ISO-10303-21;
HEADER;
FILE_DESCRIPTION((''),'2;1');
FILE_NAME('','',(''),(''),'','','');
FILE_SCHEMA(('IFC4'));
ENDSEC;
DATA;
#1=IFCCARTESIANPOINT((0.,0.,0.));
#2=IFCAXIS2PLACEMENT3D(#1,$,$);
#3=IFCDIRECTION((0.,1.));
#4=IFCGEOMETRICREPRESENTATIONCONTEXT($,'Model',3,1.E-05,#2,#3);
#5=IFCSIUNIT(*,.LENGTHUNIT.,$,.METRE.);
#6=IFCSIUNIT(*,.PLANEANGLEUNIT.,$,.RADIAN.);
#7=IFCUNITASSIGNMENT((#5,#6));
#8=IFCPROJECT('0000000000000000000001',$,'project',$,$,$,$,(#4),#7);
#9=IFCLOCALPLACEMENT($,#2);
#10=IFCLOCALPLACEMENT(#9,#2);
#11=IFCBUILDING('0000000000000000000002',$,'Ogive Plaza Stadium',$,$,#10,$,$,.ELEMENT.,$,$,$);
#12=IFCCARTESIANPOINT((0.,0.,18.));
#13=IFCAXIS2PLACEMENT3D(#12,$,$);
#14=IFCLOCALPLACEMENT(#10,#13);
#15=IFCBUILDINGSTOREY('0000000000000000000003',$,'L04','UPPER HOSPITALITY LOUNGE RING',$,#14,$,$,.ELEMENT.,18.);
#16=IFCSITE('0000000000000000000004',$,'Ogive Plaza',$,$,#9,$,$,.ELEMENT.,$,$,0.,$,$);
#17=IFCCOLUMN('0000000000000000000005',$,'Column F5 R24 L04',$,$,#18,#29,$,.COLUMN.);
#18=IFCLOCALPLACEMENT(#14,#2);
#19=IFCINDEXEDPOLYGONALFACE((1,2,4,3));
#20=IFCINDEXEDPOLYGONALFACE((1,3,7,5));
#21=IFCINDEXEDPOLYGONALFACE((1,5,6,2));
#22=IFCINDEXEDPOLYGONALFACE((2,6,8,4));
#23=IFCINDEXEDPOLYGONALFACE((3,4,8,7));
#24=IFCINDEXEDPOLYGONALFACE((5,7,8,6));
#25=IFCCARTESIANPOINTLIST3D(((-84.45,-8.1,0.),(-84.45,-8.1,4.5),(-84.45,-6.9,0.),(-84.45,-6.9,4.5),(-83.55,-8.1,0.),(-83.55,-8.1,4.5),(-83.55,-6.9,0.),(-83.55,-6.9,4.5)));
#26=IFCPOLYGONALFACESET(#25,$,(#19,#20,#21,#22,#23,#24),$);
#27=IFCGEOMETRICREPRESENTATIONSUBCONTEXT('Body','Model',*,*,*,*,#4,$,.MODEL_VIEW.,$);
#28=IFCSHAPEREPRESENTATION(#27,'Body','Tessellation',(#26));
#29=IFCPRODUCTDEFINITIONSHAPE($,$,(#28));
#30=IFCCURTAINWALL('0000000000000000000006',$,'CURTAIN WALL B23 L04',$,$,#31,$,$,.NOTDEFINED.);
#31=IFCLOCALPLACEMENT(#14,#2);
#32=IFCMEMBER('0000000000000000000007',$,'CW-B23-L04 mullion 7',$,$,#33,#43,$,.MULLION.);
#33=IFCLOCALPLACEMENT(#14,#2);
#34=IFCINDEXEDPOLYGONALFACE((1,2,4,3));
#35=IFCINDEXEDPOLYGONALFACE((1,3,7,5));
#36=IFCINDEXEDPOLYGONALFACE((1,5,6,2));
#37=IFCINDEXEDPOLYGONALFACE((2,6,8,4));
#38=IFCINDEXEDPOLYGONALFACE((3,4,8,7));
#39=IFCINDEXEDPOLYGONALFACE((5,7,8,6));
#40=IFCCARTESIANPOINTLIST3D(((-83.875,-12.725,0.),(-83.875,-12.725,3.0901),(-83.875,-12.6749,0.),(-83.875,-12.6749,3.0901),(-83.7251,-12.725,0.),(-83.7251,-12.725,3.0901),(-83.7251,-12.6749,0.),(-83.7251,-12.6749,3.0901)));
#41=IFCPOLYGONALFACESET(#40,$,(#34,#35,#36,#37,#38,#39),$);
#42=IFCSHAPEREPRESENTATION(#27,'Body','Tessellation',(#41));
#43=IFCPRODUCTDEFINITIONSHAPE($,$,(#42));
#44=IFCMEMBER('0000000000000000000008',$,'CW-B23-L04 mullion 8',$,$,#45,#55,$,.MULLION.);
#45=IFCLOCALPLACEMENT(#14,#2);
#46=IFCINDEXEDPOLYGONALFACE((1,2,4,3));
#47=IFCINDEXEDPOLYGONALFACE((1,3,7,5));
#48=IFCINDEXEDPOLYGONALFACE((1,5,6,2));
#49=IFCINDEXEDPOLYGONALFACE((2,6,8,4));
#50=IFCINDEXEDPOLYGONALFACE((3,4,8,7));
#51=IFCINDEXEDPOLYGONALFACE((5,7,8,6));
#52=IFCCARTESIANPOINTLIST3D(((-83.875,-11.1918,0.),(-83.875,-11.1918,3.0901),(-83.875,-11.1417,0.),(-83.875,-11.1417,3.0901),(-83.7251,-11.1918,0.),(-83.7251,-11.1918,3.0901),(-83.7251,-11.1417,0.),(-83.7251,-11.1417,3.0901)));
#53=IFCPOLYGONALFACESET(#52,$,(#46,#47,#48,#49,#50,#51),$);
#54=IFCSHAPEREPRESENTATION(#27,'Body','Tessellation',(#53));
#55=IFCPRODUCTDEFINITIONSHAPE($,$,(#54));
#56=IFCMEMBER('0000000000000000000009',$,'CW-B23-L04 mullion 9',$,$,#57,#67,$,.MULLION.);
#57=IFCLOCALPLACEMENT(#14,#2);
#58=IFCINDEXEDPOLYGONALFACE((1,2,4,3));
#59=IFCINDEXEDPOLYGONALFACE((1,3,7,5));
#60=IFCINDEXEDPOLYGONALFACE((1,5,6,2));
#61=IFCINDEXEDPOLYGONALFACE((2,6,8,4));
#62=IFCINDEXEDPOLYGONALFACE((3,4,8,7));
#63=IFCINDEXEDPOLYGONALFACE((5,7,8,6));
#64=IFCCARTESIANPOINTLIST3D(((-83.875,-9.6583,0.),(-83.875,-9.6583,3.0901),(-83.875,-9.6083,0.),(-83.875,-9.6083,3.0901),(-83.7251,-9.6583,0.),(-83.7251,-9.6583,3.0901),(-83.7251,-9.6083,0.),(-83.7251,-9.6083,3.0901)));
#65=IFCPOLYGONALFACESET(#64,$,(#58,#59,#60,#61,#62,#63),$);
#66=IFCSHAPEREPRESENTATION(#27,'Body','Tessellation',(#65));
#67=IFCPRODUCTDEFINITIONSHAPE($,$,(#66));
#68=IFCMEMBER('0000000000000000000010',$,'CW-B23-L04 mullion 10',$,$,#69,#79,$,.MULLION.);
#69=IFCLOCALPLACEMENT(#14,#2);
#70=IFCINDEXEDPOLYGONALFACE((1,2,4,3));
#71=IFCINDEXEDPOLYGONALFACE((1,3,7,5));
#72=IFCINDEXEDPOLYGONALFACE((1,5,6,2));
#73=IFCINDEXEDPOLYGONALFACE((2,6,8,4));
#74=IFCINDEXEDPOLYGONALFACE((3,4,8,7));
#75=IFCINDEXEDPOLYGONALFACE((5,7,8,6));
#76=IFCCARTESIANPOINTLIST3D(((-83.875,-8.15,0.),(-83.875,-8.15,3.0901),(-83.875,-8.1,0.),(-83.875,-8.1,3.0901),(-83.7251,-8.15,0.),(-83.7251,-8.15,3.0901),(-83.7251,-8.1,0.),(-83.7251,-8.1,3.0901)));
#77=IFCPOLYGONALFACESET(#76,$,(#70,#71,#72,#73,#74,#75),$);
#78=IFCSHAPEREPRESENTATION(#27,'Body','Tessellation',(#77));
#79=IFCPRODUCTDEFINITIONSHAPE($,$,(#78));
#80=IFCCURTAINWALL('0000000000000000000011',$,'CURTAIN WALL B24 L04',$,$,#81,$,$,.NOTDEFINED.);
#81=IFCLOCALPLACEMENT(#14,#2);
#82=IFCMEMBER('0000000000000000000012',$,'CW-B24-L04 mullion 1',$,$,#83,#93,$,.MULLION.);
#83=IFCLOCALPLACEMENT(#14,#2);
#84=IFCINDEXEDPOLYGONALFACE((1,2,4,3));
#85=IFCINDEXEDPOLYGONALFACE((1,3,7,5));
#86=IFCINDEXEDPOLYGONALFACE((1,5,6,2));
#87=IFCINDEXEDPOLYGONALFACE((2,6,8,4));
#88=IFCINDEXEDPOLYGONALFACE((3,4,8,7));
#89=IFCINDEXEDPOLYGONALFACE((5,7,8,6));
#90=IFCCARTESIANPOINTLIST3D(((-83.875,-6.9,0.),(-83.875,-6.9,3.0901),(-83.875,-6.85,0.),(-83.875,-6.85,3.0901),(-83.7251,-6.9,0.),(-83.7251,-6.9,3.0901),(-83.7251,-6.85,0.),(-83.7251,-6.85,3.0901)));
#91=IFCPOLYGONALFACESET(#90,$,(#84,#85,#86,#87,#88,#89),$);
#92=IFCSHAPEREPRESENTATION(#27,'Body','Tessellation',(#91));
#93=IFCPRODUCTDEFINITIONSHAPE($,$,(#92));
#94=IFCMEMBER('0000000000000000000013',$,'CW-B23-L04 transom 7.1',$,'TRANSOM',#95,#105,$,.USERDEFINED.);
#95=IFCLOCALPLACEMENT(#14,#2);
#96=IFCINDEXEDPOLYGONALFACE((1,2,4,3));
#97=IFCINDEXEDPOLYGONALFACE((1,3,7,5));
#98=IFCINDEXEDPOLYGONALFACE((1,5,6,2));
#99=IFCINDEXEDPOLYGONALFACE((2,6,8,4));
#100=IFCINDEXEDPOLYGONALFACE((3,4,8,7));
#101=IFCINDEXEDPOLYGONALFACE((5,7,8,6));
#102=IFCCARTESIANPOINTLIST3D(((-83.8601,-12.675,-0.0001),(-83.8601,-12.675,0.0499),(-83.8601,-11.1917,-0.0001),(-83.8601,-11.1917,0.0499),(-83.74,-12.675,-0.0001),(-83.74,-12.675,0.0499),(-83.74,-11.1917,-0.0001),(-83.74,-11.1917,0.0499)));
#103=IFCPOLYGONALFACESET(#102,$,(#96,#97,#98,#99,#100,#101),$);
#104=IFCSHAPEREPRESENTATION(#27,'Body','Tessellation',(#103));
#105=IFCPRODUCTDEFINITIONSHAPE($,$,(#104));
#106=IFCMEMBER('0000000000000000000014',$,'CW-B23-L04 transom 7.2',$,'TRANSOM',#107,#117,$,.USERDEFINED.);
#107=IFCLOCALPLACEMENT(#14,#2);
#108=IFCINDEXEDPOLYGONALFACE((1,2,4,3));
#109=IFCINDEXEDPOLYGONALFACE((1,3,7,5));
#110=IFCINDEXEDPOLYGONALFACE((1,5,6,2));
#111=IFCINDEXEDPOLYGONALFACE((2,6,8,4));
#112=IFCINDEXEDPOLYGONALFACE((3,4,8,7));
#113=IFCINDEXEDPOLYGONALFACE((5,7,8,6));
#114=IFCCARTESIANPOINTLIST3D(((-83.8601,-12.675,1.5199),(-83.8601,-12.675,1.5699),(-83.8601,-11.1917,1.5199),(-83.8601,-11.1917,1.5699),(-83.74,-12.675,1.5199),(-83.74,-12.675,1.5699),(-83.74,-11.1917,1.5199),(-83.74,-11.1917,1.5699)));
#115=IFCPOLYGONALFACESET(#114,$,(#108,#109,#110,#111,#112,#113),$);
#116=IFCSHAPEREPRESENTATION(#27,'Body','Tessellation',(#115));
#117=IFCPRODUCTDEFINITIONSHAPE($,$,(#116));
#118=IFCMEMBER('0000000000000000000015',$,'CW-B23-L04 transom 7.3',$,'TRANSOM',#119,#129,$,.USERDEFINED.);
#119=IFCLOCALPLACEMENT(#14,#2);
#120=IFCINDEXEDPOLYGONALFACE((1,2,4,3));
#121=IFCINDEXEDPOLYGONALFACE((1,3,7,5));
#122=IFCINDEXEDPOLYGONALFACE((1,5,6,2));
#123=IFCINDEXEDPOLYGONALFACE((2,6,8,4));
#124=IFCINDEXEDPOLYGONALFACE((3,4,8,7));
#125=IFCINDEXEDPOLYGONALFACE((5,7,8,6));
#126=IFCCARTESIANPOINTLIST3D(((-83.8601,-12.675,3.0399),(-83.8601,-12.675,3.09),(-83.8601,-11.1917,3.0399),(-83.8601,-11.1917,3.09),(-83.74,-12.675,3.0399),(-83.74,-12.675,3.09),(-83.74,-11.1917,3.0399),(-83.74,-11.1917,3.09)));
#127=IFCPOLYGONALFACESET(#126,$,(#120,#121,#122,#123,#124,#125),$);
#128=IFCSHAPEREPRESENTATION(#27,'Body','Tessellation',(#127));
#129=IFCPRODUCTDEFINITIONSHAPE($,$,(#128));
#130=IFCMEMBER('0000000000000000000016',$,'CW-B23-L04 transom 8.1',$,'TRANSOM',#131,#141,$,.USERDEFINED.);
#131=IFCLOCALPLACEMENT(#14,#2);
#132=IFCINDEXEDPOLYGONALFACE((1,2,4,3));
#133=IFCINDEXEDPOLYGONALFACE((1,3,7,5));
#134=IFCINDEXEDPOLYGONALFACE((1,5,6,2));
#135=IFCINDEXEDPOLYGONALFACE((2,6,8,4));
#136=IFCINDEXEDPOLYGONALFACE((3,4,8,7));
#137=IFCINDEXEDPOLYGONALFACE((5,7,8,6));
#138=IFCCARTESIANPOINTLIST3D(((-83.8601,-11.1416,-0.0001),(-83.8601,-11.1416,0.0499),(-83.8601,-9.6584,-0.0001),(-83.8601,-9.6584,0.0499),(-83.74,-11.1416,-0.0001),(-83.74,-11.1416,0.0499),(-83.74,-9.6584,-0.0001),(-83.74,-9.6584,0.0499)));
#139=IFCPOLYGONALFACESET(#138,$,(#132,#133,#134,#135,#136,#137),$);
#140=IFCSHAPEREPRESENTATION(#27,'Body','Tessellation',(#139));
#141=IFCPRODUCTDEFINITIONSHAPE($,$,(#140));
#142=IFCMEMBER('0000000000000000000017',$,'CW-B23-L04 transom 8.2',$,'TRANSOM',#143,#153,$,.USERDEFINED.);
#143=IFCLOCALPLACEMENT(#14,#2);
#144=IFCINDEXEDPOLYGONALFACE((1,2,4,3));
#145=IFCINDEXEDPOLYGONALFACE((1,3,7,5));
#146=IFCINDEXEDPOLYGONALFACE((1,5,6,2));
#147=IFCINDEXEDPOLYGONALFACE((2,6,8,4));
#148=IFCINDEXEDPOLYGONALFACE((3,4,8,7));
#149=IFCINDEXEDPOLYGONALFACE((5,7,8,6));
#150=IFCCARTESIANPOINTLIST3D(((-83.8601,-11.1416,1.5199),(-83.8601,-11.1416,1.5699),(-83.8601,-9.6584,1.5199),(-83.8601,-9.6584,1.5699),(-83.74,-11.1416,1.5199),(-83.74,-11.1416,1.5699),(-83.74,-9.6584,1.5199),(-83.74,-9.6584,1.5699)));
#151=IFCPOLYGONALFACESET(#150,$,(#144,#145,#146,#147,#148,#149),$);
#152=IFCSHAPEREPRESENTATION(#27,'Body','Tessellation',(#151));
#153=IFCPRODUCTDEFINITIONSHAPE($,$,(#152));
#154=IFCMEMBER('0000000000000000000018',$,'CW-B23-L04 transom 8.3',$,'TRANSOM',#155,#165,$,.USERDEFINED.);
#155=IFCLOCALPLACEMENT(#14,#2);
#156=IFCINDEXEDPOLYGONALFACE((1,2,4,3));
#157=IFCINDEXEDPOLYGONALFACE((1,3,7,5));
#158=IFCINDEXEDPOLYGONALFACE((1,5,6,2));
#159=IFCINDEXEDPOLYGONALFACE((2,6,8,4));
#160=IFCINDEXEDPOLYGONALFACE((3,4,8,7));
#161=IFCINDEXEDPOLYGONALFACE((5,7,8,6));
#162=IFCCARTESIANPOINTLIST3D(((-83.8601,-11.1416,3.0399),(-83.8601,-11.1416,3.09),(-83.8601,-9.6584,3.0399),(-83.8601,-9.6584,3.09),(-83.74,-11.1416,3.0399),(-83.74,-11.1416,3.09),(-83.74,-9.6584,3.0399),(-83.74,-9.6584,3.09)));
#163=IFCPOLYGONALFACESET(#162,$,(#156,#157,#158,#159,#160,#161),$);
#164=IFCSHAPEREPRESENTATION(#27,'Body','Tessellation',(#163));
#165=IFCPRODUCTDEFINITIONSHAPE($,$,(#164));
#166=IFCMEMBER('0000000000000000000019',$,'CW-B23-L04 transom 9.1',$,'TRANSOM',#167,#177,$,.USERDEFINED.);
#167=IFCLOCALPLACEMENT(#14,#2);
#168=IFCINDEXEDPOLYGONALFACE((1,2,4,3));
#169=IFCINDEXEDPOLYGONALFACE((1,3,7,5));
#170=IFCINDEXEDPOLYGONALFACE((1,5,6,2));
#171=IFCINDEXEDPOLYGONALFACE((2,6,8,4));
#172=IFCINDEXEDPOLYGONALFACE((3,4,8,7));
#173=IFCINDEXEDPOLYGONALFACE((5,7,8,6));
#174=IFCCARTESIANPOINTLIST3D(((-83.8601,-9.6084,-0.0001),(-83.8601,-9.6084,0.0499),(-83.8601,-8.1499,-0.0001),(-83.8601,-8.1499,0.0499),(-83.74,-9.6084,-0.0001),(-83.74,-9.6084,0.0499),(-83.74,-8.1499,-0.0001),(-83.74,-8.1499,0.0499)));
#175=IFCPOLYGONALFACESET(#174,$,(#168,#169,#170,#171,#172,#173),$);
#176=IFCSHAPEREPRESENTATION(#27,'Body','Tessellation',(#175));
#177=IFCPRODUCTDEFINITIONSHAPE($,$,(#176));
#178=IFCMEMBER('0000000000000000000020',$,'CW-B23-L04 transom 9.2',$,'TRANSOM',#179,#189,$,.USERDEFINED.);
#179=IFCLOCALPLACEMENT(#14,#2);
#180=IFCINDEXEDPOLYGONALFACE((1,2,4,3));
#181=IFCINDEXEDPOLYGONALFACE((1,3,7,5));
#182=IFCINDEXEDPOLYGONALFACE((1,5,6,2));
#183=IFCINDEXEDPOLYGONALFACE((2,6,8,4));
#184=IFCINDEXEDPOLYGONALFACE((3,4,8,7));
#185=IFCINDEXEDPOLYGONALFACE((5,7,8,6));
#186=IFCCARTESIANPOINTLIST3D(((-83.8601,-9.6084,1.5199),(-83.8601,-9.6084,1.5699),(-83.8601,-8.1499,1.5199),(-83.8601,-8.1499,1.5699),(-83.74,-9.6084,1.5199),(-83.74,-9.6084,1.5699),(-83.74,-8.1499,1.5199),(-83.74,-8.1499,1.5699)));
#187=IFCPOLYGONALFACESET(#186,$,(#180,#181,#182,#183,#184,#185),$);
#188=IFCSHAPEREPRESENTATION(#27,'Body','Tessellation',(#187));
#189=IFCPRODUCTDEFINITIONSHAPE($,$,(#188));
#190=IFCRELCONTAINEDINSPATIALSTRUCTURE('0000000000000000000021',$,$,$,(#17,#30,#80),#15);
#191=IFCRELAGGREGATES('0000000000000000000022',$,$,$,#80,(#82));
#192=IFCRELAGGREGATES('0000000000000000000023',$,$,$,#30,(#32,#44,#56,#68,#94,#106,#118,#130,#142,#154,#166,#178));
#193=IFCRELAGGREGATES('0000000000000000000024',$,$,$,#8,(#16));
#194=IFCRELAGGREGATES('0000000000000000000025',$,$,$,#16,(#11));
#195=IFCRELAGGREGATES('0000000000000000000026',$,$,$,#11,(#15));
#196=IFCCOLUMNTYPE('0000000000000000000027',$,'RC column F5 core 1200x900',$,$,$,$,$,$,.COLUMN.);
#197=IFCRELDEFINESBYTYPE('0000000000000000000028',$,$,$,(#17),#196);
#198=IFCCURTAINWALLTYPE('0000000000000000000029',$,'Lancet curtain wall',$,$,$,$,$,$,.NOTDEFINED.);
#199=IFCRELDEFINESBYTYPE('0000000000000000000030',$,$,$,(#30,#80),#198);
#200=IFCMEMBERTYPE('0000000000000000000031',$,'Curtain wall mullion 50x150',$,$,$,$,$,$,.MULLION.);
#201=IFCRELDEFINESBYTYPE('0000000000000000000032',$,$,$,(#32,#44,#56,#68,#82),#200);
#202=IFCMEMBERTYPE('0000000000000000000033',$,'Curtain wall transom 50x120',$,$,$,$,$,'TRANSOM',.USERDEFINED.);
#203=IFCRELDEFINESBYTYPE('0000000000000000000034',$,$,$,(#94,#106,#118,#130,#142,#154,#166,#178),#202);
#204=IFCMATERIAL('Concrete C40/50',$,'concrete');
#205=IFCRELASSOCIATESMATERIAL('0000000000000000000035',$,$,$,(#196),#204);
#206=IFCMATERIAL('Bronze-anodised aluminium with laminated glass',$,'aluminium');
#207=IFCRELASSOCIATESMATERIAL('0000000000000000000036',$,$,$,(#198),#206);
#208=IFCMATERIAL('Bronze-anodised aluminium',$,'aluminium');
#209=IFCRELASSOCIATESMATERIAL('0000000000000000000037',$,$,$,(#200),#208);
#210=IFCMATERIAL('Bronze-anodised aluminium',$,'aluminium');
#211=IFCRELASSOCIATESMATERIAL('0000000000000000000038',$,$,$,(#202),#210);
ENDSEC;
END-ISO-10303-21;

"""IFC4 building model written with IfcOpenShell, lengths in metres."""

from ifc_helpers import new_model, si_unit, direction, frame, origin, origin_2d, place, context, subcontext, project, spatial, rectangle, extrude, material, material_profile, profile_set, type_object, element, aggregate, save


model = new_model("IFC4")

# Units and contexts
model_context = context("Model", 3, precision=1e-05, world=origin(), true_north=direction((0.0, 1.0)))
body_context = subcontext(model_context, "Body", "Model", "MODEL_VIEW")
ifc_project = project(units=[si_unit("LENGTHUNIT", "METRE"), si_unit("PLANEANGLEUNIT", "RADIAN")], contexts=[model_context])

# Site, building, storey
site_placement = place(None, origin())
site = spatial("IfcSite", under=ifc_project, at=site_placement, Name="Ogive Plaza", CompositionType="ELEMENT", RefElevation=0.0)
building_placement = place(site_placement, origin())
building = spatial("IfcBuilding", under=site, at=building_placement, Name="Ogive Plaza Stadium", CompositionType="ELEMENT")
storey_placement = place(building_placement, frame((0.0, 0.0, 18.0)))
storey = spatial("IfcBuildingStorey", under=building, at=storey_placement, Name="L04", Description="UPPER HOSPITALITY LOUNGE RING", CompositionType="ELEMENT", Elevation=18.0)

# Column
ifc_material_1 = material(Name="Concrete C40/50", Category="concrete")
ifc_material_profile_1 = material_profile(ifc_material_1, rectangle(XDim=1.2, YDim=0.8999, at=origin_2d()), Name="RC 1200x900")
ifc_profile_set_1 = profile_set([ifc_material_profile_1], Name="Concrete C40/50")
column_type = type_object("IfcColumnType", Name="RC column F5 core 1200x900", PredefinedType="COLUMN", material=ifc_profile_set_1)
column_placement = place(storey_placement, frame((-84.0, -7.5, 0.0), z_axis=(0.0, 0.0, 1.0), x_axis=(0.0, -1.0, 0.0)))
element("IfcColumn", 1, at=column_placement, inside=storey, type_object=column_type, Name="Column F5 R24 L04", PredefinedType="COLUMN", context=body_context, shape_type="SweptSolid", body=[
    extrude(rectangle(XDim=1.2, YDim=0.8999, at=origin_2d()), origin(), (0.0, 0.0, 1.0), 4.5),
])

# Curtain wall, members
ifc_material_2 = material(Name="Bronze-anodised aluminium with laminated glass", Category="aluminium")
curtain_wall_type = type_object("IfcCurtainWallType", Name="Lancet curtain wall", PredefinedType="NOTDEFINED", material=ifc_material_2)
curtain_wall_1_placement = place(storey_placement, origin())
curtain_wall_1 = element("IfcCurtainWall", 2, at=curtain_wall_1_placement, inside=storey, type_object=curtain_wall_type, Name="CURTAIN WALL B23 L04", PredefinedType="NOTDEFINED")
ifc_material_3 = material(Name="Bronze-anodised aluminium", Category="aluminium")
ifc_material_profile_2 = material_profile(ifc_material_3, rectangle(XDim=0.1499, YDim=0.05, at=origin_2d()), Name="AL 150x50")
ifc_profile_set_2 = profile_set([ifc_material_profile_2], Name="Bronze-anodised aluminium")
member_type_1 = type_object("IfcMemberType", Name="Curtain wall mullion 50x150", PredefinedType="MULLION", material=ifc_profile_set_2)
member_1_placement = place(storey_placement, frame((-83.8, -12.7, 0.0), z_axis=(0.0, 0.0, 1.0), x_axis=(-1.0, 0.0, 0.0)))
member_1 = element("IfcMember", 3, at=member_1_placement, type_object=member_type_1, Name="CW-B23-L04 mullion 7", PredefinedType="MULLION", context=body_context, shape_type="SweptSolid", body=[
    extrude(rectangle(XDim=0.1499, YDim=0.05, at=origin_2d()), origin(), (0.0, 0.0, 1.0), 3.0901),
])
member_2_placement = place(storey_placement, frame((-83.8, -11.1667, 0.0), z_axis=(0.0, 0.0, 1.0), x_axis=(-1.0, 0.0, 0.0)))
member_2 = element("IfcMember", 4, at=member_2_placement, type_object=member_type_1, Name="CW-B23-L04 mullion 8", PredefinedType="MULLION", context=body_context, shape_type="SweptSolid", body=[
    extrude(rectangle(XDim=0.1499, YDim=0.05, at=origin_2d()), origin(), (0.0, 0.0, 1.0), 3.0901),
])
member_3_placement = place(storey_placement, frame((-83.8, -9.6333, 0.0), z_axis=(0.0, 0.0, 1.0), x_axis=(-1.0, 0.0, 0.0)))
member_3 = element("IfcMember", 5, at=member_3_placement, type_object=member_type_1, Name="CW-B23-L04 mullion 9", PredefinedType="MULLION", context=body_context, shape_type="SweptSolid", body=[
    extrude(rectangle(XDim=0.1499, YDim=0.05, at=origin_2d()), origin(), (0.0, 0.0, 1.0), 3.0901),
])
member_4_placement = place(storey_placement, frame((-83.8, -8.125, 0.0), z_axis=(0.0, 0.0, 1.0), x_axis=(-1.0, 0.0, 0.0)))
member_4 = element("IfcMember", 6, at=member_4_placement, type_object=member_type_1, Name="CW-B23-L04 mullion 10", PredefinedType="MULLION", context=body_context, shape_type="SweptSolid", body=[
    extrude(rectangle(XDim=0.1499, YDim=0.05, at=origin_2d()), origin(), (0.0, 0.0, 1.0), 3.0901),
])

# Curtain wall, member
curtain_wall_2_placement = place(storey_placement, origin())
curtain_wall_2 = element("IfcCurtainWall", 7, at=curtain_wall_2_placement, inside=storey, type_object=curtain_wall_type, Name="CURTAIN WALL B24 L04", PredefinedType="NOTDEFINED")
member_5_placement = place(storey_placement, frame((-83.8, -6.875, 0.0), z_axis=(0.0, 0.0, 1.0), x_axis=(-1.0, 0.0, 0.0)))
member_5 = element("IfcMember", 8, at=member_5_placement, type_object=member_type_1, Name="CW-B24-L04 mullion 1", PredefinedType="MULLION", context=body_context, shape_type="SweptSolid", body=[
    extrude(rectangle(XDim=0.1499, YDim=0.05, at=origin_2d()), origin(), (0.0, 0.0, 1.0), 3.0901),
])

# Members
ifc_material_4 = material(Name="Bronze-anodised aluminium", Category="aluminium")
ifc_material_profile_3 = material_profile(ifc_material_4, rectangle(XDim=0.1201, YDim=0.05, at=origin_2d()), Name="AL 120x50")
ifc_profile_set_3 = profile_set([ifc_material_profile_3], Name="Bronze-anodised aluminium")
member_type_2 = type_object("IfcMemberType", Name="Curtain wall transom 50x120", ElementType="TRANSOM", PredefinedType="USERDEFINED", material=ifc_profile_set_3)
member_6_placement = place(storey_placement, frame((-83.8, -12.675, 0.0249), z_axis=(0.0, 1.0, 0.0), x_axis=(-1.0, 0.0, 0.0)))
member_6 = element("IfcMember", 9, at=member_6_placement, type_object=member_type_2, Name="CW-B23-L04 transom 7.1", ObjectType="TRANSOM", PredefinedType="USERDEFINED", context=body_context, shape_type="SweptSolid", body=[
    extrude(rectangle(XDim=0.1201, YDim=0.05, at=origin_2d()), origin(), (0.0, 0.0, 1.0), 1.4834),
])
member_7_placement = place(storey_placement, frame((-83.8, -12.675, 1.5449), z_axis=(0.0, 1.0, 0.0), x_axis=(-1.0, 0.0, 0.0)))
member_7 = element("IfcMember", 10, at=member_7_placement, type_object=member_type_2, Name="CW-B23-L04 transom 7.2", ObjectType="TRANSOM", PredefinedType="USERDEFINED", context=body_context, shape_type="SweptSolid", body=[
    extrude(rectangle(XDim=0.1201, YDim=0.05, at=origin_2d()), origin(), (0.0, 0.0, 1.0), 1.4834),
])
member_8_placement = place(storey_placement, frame((-83.8, -12.675, 3.0649), z_axis=(0.0, 1.0, 0.0), x_axis=(-1.0, 0.0, 0.0)))
member_8 = element("IfcMember", 11, at=member_8_placement, type_object=member_type_2, Name="CW-B23-L04 transom 7.3", ObjectType="TRANSOM", PredefinedType="USERDEFINED", context=body_context, shape_type="SweptSolid", body=[
    extrude(rectangle(XDim=0.1201, YDim=0.05, at=origin_2d()), origin(), (0.0, 0.0, 1.0), 1.4834),
])
member_9_placement = place(storey_placement, frame((-83.8, -11.1416, 0.0249), z_axis=(0.0, 1.0, 0.0), x_axis=(-1.0, 0.0, 0.0)))
member_9 = element("IfcMember", 12, at=member_9_placement, type_object=member_type_2, Name="CW-B23-L04 transom 8.1", ObjectType="TRANSOM", PredefinedType="USERDEFINED", context=body_context, shape_type="SweptSolid", body=[
    extrude(rectangle(XDim=0.1201, YDim=0.05, at=origin_2d()), origin(), (0.0, 0.0, 1.0), 1.4832),
])
member_10_placement = place(storey_placement, frame((-83.8, -11.1416, 1.5449), z_axis=(0.0, 1.0, 0.0), x_axis=(-1.0, 0.0, 0.0)))
member_10 = element("IfcMember", 13, at=member_10_placement, type_object=member_type_2, Name="CW-B23-L04 transom 8.2", ObjectType="TRANSOM", PredefinedType="USERDEFINED", context=body_context, shape_type="SweptSolid", body=[
    extrude(rectangle(XDim=0.1201, YDim=0.05, at=origin_2d()), origin(), (0.0, 0.0, 1.0), 1.4832),
])
member_11_placement = place(storey_placement, frame((-83.8, -11.1416, 3.0649), z_axis=(0.0, 1.0, 0.0), x_axis=(-1.0, 0.0, 0.0)))
member_11 = element("IfcMember", 14, at=member_11_placement, type_object=member_type_2, Name="CW-B23-L04 transom 8.3", ObjectType="TRANSOM", PredefinedType="USERDEFINED", context=body_context, shape_type="SweptSolid", body=[
    extrude(rectangle(XDim=0.1201, YDim=0.05, at=origin_2d()), origin(), (0.0, 0.0, 1.0), 1.4832),
])
member_12_placement = place(storey_placement, frame((-83.8, -9.6084, 0.0249), z_axis=(0.0, 1.0, 0.0), x_axis=(-1.0, 0.0, 0.0)))
member_12 = element("IfcMember", 15, at=member_12_placement, type_object=member_type_2, Name="CW-B23-L04 transom 9.1", ObjectType="TRANSOM", PredefinedType="USERDEFINED", context=body_context, shape_type="SweptSolid", body=[
    extrude(rectangle(XDim=0.1201, YDim=0.05, at=origin_2d()), origin(), (0.0, 0.0, 1.0), 1.4585),
])
member_13_placement = place(storey_placement, frame((-83.8, -9.6084, 1.5449), z_axis=(0.0, 1.0, 0.0), x_axis=(-1.0, 0.0, 0.0)))
member_13 = element("IfcMember", 16, at=member_13_placement, type_object=member_type_2, Name="CW-B23-L04 transom 9.2", ObjectType="TRANSOM", PredefinedType="USERDEFINED", context=body_context, shape_type="SweptSolid", body=[
    extrude(rectangle(XDim=0.1201, YDim=0.05, at=origin_2d()), origin(), (0.0, 0.0, 1.0), 1.4585),
])
aggregate(curtain_wall_2, [member_5])

aggregate(curtain_wall_1, [member_1, member_2, member_3, member_4, member_6, member_7, member_8, member_9, member_10, member_11, member_12, member_13])

save(model, "model.ifc")
